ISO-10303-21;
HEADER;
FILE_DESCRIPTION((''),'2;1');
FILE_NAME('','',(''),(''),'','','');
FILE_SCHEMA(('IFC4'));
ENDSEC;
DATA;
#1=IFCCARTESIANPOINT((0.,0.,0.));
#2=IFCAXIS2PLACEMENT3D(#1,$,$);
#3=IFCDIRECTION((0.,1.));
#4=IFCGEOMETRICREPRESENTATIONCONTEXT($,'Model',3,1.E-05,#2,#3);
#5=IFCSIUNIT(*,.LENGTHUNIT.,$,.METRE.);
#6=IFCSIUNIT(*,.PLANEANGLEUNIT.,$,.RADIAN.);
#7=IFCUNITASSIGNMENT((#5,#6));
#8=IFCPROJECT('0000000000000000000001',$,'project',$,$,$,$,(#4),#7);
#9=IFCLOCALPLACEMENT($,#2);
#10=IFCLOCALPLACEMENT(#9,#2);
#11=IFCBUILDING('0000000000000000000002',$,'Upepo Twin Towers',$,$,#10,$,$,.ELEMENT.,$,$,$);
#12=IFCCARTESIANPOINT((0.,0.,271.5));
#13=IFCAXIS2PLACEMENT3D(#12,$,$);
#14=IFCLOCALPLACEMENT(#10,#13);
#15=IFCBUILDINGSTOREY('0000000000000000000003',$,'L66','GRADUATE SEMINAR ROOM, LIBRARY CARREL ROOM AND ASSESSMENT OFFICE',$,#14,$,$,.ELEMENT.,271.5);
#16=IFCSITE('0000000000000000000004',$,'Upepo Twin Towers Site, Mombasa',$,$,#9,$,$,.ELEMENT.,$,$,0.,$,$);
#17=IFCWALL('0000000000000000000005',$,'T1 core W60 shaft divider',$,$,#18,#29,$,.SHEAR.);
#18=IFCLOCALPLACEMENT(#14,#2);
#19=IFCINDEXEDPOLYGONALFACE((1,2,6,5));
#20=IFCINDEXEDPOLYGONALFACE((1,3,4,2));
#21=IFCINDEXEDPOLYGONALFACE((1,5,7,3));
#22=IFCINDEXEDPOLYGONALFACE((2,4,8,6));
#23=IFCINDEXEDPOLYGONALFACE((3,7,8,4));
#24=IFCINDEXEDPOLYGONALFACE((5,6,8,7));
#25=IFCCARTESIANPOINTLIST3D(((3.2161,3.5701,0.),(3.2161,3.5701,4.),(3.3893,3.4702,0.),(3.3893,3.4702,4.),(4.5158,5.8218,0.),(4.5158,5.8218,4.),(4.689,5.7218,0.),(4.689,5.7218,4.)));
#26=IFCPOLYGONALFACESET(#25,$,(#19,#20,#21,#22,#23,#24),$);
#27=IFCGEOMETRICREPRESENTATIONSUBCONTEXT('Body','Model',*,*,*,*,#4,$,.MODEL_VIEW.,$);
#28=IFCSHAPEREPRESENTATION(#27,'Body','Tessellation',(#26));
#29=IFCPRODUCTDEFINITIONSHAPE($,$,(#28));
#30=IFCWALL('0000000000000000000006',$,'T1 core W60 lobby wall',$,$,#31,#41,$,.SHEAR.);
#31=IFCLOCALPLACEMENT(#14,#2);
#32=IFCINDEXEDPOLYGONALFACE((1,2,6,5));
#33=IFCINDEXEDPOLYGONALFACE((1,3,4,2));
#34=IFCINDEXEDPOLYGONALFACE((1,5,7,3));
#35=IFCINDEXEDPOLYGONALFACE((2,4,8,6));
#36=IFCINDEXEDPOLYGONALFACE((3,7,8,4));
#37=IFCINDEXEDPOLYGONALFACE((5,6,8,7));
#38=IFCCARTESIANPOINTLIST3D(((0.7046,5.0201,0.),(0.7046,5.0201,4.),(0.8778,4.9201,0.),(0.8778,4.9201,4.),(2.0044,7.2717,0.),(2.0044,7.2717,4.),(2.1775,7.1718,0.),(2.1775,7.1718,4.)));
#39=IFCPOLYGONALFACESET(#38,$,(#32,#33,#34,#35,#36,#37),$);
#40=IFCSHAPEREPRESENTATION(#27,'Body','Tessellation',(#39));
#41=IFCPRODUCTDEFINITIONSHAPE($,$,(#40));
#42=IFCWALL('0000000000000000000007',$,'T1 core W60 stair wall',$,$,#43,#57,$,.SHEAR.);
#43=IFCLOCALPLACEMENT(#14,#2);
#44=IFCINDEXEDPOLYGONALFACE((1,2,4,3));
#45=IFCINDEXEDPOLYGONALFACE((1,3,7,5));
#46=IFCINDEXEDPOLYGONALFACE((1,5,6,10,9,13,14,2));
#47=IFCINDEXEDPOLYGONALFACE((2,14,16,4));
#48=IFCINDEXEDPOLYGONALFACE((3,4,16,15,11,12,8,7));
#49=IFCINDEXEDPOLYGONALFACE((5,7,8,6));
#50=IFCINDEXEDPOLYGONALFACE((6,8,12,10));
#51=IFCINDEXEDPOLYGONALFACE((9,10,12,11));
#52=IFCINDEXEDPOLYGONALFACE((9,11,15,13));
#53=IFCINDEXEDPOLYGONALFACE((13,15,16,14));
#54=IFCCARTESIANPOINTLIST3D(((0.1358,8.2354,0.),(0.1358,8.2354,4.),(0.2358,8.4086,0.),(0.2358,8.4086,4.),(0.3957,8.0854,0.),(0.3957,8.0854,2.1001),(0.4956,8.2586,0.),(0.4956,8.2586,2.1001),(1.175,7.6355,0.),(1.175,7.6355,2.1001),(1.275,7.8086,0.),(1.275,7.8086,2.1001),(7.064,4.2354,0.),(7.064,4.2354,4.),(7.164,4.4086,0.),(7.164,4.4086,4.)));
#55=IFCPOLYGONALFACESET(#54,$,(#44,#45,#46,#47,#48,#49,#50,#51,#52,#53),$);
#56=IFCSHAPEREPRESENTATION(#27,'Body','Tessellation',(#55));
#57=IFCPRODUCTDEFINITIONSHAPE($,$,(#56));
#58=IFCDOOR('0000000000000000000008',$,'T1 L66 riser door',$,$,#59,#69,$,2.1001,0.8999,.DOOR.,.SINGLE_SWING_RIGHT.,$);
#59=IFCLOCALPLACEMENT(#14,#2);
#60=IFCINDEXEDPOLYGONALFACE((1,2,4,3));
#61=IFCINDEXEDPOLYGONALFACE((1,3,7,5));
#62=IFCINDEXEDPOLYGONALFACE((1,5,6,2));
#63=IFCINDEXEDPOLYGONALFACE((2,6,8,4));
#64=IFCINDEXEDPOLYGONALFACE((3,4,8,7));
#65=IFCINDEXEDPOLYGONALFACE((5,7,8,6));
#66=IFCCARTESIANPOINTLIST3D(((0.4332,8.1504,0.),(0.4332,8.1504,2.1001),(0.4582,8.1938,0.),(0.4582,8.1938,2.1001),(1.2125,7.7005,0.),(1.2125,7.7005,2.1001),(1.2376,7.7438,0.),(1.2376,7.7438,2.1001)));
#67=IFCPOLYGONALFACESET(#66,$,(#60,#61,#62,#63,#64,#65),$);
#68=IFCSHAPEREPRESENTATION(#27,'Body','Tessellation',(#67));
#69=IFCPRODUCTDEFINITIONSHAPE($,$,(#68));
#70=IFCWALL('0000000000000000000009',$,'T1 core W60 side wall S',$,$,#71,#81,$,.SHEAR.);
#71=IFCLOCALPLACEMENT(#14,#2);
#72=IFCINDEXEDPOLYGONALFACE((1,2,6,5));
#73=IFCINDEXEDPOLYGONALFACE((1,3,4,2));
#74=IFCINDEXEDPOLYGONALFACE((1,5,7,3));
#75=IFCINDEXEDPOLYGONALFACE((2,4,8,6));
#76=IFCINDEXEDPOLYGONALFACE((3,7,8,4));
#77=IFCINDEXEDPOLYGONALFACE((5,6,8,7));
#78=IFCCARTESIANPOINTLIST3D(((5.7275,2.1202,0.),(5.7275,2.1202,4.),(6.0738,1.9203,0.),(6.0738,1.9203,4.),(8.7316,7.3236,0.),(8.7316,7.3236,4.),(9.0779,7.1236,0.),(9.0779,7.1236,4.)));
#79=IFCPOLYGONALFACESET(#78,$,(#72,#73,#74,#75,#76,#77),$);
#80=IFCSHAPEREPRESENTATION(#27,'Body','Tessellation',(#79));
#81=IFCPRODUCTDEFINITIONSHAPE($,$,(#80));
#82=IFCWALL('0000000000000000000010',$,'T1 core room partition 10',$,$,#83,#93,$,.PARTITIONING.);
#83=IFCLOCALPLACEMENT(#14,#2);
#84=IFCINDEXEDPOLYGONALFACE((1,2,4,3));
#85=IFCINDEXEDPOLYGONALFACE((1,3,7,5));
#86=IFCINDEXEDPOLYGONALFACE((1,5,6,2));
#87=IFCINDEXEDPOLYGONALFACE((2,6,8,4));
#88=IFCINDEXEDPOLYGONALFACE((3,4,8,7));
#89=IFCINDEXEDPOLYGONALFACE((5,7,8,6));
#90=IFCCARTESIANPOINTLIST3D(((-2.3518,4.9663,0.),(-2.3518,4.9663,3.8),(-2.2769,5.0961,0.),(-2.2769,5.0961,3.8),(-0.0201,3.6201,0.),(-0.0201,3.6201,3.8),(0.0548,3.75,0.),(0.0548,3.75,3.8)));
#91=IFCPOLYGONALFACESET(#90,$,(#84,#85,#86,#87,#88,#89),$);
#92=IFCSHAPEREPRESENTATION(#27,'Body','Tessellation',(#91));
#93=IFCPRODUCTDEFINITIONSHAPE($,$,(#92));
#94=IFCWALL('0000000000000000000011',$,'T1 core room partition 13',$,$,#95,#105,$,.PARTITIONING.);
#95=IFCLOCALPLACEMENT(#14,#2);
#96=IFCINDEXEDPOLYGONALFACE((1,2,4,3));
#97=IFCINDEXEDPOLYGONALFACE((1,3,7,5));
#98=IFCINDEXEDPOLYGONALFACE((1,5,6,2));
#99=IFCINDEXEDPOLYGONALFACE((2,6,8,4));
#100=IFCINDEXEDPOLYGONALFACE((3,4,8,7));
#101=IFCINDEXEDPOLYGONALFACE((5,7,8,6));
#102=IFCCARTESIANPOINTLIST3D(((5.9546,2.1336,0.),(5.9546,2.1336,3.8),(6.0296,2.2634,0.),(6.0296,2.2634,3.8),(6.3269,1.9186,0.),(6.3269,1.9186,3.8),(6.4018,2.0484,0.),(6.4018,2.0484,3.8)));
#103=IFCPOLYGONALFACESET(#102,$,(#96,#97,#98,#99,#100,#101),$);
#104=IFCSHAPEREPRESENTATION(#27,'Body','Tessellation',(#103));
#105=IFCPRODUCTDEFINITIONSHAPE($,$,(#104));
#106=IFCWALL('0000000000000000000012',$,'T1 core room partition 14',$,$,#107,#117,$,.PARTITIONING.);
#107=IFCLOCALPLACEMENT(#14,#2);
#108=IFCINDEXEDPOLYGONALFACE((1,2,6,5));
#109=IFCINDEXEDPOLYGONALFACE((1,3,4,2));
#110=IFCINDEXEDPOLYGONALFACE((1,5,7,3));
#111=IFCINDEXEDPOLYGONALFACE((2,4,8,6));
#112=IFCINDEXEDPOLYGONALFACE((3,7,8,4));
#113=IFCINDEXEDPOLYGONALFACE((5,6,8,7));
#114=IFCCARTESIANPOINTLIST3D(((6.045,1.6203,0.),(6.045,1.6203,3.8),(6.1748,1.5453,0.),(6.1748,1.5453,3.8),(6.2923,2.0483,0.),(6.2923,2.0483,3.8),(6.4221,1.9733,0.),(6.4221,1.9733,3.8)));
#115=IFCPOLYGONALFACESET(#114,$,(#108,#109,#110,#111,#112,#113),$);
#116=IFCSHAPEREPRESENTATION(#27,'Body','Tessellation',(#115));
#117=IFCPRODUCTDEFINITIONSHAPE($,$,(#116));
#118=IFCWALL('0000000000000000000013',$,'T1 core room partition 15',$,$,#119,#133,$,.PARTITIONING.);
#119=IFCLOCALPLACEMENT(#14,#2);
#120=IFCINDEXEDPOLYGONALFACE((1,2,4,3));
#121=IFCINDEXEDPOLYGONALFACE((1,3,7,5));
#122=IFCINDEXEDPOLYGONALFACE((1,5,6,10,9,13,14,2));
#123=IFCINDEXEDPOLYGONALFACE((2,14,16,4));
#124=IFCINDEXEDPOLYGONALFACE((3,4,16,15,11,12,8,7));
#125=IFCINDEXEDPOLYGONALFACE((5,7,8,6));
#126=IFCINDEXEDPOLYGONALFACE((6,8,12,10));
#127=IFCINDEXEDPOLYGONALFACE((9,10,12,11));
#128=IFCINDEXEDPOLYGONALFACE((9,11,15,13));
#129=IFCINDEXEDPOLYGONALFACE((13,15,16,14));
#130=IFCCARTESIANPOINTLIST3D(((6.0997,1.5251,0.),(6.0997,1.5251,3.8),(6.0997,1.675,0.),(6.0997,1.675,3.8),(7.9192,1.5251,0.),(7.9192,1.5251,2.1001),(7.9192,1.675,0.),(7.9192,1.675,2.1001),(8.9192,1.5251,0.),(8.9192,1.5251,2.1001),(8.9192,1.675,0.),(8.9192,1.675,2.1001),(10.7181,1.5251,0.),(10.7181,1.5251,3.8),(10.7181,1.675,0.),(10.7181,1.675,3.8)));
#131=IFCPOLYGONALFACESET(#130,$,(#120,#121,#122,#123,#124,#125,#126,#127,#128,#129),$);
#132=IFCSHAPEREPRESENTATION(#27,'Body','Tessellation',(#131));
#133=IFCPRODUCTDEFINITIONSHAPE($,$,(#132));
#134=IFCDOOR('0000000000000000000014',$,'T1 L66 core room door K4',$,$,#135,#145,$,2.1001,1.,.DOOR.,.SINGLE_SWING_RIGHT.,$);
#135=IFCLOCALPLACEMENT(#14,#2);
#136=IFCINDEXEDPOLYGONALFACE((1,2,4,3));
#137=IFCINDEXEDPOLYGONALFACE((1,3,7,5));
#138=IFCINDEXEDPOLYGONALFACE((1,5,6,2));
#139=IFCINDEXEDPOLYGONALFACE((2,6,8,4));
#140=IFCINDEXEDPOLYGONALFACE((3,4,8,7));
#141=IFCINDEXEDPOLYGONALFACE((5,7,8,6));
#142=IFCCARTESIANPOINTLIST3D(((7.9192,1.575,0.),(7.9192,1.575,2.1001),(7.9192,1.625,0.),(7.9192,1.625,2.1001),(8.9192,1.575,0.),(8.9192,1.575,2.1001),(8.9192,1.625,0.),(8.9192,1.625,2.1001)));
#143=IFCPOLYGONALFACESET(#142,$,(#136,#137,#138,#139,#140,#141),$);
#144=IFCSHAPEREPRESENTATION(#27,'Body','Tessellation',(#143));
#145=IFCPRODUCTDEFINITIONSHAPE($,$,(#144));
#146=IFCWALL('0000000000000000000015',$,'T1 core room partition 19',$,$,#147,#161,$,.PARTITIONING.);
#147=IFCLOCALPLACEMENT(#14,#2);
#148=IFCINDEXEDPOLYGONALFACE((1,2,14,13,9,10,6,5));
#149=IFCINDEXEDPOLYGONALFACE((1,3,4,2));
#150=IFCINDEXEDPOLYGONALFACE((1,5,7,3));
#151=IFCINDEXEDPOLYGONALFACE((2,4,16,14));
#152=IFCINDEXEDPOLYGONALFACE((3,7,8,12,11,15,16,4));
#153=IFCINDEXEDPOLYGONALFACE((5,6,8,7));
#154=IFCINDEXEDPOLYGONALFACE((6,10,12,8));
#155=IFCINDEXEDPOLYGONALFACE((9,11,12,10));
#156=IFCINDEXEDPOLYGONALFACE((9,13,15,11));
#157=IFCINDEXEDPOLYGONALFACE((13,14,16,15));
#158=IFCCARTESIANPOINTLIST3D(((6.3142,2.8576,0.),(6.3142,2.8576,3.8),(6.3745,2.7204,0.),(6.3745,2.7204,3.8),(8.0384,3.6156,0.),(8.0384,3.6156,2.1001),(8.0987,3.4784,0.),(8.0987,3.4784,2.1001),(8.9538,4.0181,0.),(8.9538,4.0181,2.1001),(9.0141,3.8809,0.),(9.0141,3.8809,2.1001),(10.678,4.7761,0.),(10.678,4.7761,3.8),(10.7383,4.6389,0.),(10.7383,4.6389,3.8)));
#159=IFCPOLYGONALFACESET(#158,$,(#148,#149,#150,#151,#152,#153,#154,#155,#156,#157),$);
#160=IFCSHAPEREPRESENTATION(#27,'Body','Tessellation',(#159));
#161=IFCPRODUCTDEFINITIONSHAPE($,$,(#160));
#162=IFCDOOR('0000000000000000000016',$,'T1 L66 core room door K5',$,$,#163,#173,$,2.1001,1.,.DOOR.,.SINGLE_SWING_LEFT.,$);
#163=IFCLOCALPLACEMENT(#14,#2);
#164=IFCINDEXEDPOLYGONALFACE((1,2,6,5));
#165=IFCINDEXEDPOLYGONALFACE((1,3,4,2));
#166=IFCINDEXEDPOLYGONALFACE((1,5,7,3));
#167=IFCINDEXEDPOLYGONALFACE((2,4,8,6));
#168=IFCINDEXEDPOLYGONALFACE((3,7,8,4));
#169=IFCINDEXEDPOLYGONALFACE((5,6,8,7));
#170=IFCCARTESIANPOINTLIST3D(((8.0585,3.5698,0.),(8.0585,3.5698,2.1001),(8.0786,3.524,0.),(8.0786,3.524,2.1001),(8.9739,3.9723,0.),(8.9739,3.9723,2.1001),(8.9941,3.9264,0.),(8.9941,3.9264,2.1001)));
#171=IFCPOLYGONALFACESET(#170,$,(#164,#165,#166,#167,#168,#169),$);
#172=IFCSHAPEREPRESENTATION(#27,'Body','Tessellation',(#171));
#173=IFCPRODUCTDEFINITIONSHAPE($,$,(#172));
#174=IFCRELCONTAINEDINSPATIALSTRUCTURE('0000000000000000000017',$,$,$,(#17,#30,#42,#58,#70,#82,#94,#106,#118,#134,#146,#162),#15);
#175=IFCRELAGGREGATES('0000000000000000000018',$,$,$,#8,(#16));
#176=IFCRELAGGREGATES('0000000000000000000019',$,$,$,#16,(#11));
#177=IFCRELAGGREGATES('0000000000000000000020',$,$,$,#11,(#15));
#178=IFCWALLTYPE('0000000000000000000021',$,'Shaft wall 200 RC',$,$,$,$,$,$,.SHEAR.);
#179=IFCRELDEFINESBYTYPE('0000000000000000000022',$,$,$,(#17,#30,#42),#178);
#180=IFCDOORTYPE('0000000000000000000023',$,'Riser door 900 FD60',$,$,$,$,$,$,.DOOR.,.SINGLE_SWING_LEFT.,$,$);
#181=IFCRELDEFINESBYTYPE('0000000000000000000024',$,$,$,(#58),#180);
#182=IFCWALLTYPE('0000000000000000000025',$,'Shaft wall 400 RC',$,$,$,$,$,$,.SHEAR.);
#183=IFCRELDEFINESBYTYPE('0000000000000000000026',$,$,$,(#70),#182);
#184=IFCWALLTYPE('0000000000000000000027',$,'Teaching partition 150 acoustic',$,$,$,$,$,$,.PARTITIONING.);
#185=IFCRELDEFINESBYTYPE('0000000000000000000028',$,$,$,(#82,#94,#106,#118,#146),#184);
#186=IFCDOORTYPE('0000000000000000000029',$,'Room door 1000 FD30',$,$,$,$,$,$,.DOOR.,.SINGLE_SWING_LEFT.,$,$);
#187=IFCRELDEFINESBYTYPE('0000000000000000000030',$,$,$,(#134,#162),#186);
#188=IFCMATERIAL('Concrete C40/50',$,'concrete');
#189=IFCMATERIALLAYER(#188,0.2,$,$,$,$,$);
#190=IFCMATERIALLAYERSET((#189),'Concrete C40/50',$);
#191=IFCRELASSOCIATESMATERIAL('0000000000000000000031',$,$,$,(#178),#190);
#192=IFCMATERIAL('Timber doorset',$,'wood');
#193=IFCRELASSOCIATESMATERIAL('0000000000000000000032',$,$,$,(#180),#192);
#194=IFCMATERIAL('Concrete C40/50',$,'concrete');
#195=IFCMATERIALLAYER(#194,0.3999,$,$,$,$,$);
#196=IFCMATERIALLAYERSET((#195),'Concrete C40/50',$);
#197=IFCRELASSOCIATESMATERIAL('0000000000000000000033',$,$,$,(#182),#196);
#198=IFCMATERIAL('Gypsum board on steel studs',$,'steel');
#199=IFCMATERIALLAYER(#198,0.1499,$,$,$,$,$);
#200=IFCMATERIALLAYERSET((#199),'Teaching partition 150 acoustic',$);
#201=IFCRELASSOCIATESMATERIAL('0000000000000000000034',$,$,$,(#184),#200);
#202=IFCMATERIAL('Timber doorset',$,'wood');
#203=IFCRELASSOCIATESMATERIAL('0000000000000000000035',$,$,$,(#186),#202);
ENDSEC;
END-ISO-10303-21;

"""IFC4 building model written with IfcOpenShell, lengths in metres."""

from ifc_helpers import new_model, si_unit, direction, frame, frame_2d, origin, place, context, subcontext, project, spatial, rectangle, extrude, material, layer, layer_set, type_object, element, fill, save


model = new_model("IFC4")

# Units and contexts
model_context = context("Model", 3, precision=1e-05, world=origin(), true_north=direction((0.0, 1.0)))
body_context = subcontext(model_context, "Body", "Model", "MODEL_VIEW")
ifc_project = project(units=[si_unit("LENGTHUNIT", "METRE"), si_unit("PLANEANGLEUNIT", "RADIAN")], contexts=[model_context])

# Site, building, storey
site_placement = place(None, origin())
site = spatial("IfcSite", under=ifc_project, at=site_placement, Name="Upepo Twin Towers Site, Mombasa", CompositionType="ELEMENT", RefElevation=0.0)
building_placement = place(site_placement, origin())
building = spatial("IfcBuilding", under=site, at=building_placement, Name="Upepo Twin Towers", CompositionType="ELEMENT")
storey_placement = place(building_placement, frame((0.0, 0.0, 271.5)))
storey = spatial("IfcBuildingStorey", under=building, at=storey_placement, Name="L66", Description="GRADUATE SEMINAR ROOM, LIBRARY CARREL ROOM AND ASSESSMENT OFFICE", CompositionType="ELEMENT", Elevation=271.5)

# Shared definitions
ifc_material_1 = material(Name="Concrete C40/50", Category="concrete")
ifc_layer_1 = layer(ifc_material_1, 0.2)
ifc_layer_set_1 = layer_set([ifc_layer_1], Name="Concrete C40/50")
wall_type_1 = type_object("IfcWallType", Name="Shaft wall 200 RC", PredefinedType="SHEAR", material=ifc_layer_set_1)
ifc_material_2 = material(Name="Timber doorset", Category="wood")
door_type_1 = type_object("IfcDoorType", Name="Riser door 900 FD60", OperationType="SINGLE_SWING_LEFT", PredefinedType="DOOR", material=ifc_material_2)

# Walls
for number, where, z_axis, x_axis, name in (
    (1, (3.3027, 3.5203, 0.0), (0.0, 0.0, 1.0), (0.499937, 0.866062, 0.0), "T1 core W60 shaft divider"),
    (2, (0.7913, 4.9702, 0.0), (0.0, 0.0, 1.0), (0.499937, 0.866062, 0.0), "T1 core W60 lobby wall"),
):
    element("IfcWall", number, at=place(storey_placement, frame(where, z_axis=z_axis, x_axis=x_axis)), inside=storey, type_object=wall_type_1, Name=name, PredefinedType="SHEAR", context=body_context, shape_type="SweptSolid", body=[
        extrude(rectangle(XDim=2.5999, YDim=0.2, at=frame_2d((1.2998, 0.0))), origin(), (0.0, 0.0, 1.0), 4.0),
    ])

# Wall, opening, door
wall_1_placement = place(storey_placement, frame((7.114, 4.322, 0.0), z_axis=(0.0, 0.0, 1.0), x_axis=(-0.866026, 0.499999, 0.0)))
wall_1 = element("IfcWall", 3, at=wall_1_placement, inside=storey, type_object=wall_type_1, Name="T1 core W60 stair wall", PredefinedType="SHEAR", context=body_context, shape_type="SweptSolid", body=[
    extrude(rectangle(XDim=8.0, YDim=0.2, at=frame_2d((4.0, 0.0))), origin(), (0.0, 0.0, 1.0), 4.0),
])
opening_1_placement = place(wall_1_placement, frame((6.8, 0.0, 0.0)))
opening_1 = element("IfcOpeningElement", 4, at=opening_1_placement, cuts=wall_1, PredefinedType="OPENING", context=body_context, shape_type="SweptSolid", body=[
    extrude(rectangle(XDim=0.8999, YDim=2.1001, at=frame_2d((0.45, 1.05))), frame((0.0, 0.1099, 0.0), z_axis=(0.0, -1.0, 0.0), x_axis=(1.0, 0.0, 0.0)), (0.0, 0.0, 1.0), 0.22),
])
door_1_placement = place(opening_1_placement, origin())
door_1 = element("IfcDoor", 5, at=door_1_placement, inside=storey, type_object=door_type_1, Name="T1 L66 riser door", OperationType="SINGLE_SWING_RIGHT", OverallHeight=2.1001, OverallWidth=0.8999, PredefinedType="DOOR", context=body_context, shape_type="SweptSolid", body=[
    extrude(rectangle(XDim=0.8999, YDim=2.1001, at=frame_2d((0.45, 1.05))), frame((0.0, 0.0249, 0.0), z_axis=(0.0, -1.0, 0.0), x_axis=(1.0, 0.0, 0.0)), (0.0, 0.0, 1.0), 0.05),
])
fill(opening_1, door_1)

# Walls
ifc_material_3 = material(Name="Concrete C40/50", Category="concrete")
ifc_layer_2 = layer(ifc_material_3, 0.3999)
ifc_layer_set_2 = layer_set([ifc_layer_2], Name="Concrete C40/50")
wall_type_2 = type_object("IfcWallType", Name="Shaft wall 400 RC", PredefinedType="SHEAR", material=ifc_layer_set_2)
wall_2_placement = place(storey_placement, frame((5.9006, 2.0203, 0.0), z_axis=(0.0, 0.0, 1.0), x_axis=(0.499998, 0.866027, 0.0)))
element("IfcWall", 6, at=wall_2_placement, inside=storey, type_object=wall_type_2, Name="T1 core W60 side wall S", PredefinedType="SHEAR", context=body_context, shape_type="SweptSolid", body=[
    extrude(rectangle(XDim=6.0083, YDim=0.3999, at=frame_2d((3.0042, 0.0))), origin(), (0.0, 0.0, 1.0), 4.0),
])
ifc_material_4 = material(Name="Gypsum board on steel studs", Category="steel")
ifc_layer_3 = layer(ifc_material_4, 0.1499)
ifc_layer_set_3 = layer_set([ifc_layer_3], Name="Teaching partition 150 acoustic")
wall_type_3 = type_object("IfcWallType", Name="Teaching partition 150 acoustic", PredefinedType="PARTITIONING", material=ifc_layer_set_3)
wall_3_placement = place(storey_placement, frame((0.0173, 3.6851, 0.0), z_axis=(0.0, 0.0, 1.0), x_axis=(-0.866036, 0.499981, 0.0)))
element("IfcWall", 7, at=wall_3_placement, inside=storey, type_object=wall_type_3, Name="T1 core room partition 10", PredefinedType="PARTITIONING", context=body_context, shape_type="SweptSolid", body=[
    extrude(rectangle(XDim=2.6924, YDim=0.1499, at=frame_2d((1.3462, 0.0))), origin(), (0.0, 0.0, 1.0), 3.8),
])
wall_4_placement = place(storey_placement, frame((5.9922, 2.1985, 0.0), z_axis=(0.0, 0.0, 1.0), x_axis=(0.865892, -0.50023, 0.0)))
element("IfcWall", 8, at=wall_4_placement, inside=storey, type_object=wall_type_3, Name="T1 core room partition 13", PredefinedType="PARTITIONING", context=body_context, shape_type="SweptSolid", body=[
    extrude(rectangle(XDim=0.4299, YDim=0.1499, at=frame_2d((0.2148, 0.0))), origin(), (0.0, 0.0, 1.0), 3.8),
])
wall_5_placement = place(storey_placement, frame((6.3572, 2.0107, 0.0), z_axis=(0.0, 0.0, 1.0), x_axis=(-0.500335, -0.865832, 0.0)))
element("IfcWall", 9, at=wall_5_placement, inside=storey, type_object=wall_type_3, Name="T1 core room partition 14", PredefinedType="PARTITIONING", context=body_context, shape_type="SweptSolid", body=[
    extrude(rectangle(XDim=0.4944, YDim=0.1499, at=frame_2d((0.2471, 0.0))), origin(), (0.0, 0.0, 1.0), 3.8),
])

# Walls, openings, doors
wall_6_placement = place(storey_placement, frame((6.0999, 1.6001, 0.0), z_axis=(0.0, 0.0, 1.0), x_axis=(1.0, 0.0, 0.0)))
wall_6 = element("IfcWall", 10, at=wall_6_placement, inside=storey, type_object=wall_type_3, Name="T1 core room partition 15", PredefinedType="PARTITIONING", context=body_context, shape_type="SweptSolid", body=[
    extrude(rectangle(XDim=4.6184, YDim=0.1499, at=frame_2d((2.3091, 0.0))), origin(), (0.0, 0.0, 1.0), 3.8),
])
opening_2_placement = place(wall_6_placement, frame((1.8193, 0.0, 0.0)))
opening_2 = element("IfcOpeningElement", 11, at=opening_2_placement, cuts=wall_6, PredefinedType="OPENING", context=body_context, shape_type="SweptSolid", body=[
    extrude(rectangle(XDim=1.0, YDim=2.1001, at=frame_2d((0.5, 1.05))), frame((0.0, 0.085, 0.0), z_axis=(0.0, -1.0, 0.0), x_axis=(1.0, 0.0, 0.0)), (0.0, 0.0, 1.0), 0.1699),
])
ifc_material_5 = material(Name="Timber doorset", Category="wood")
door_type_2 = type_object("IfcDoorType", Name="Room door 1000 FD30", OperationType="SINGLE_SWING_LEFT", PredefinedType="DOOR", material=ifc_material_5)
door_2_placement = place(opening_2_placement, origin())
door_2 = element("IfcDoor", 12, at=door_2_placement, inside=storey, type_object=door_type_2, Name="T1 L66 core room door K4", OperationType="SINGLE_SWING_RIGHT", OverallHeight=2.1001, OverallWidth=1.0, PredefinedType="DOOR", context=body_context, shape_type="SweptSolid", body=[
    extrude(rectangle(XDim=1.0, YDim=2.1001, at=frame_2d((0.5, 1.05))), frame((0.0, 0.0249, 0.0), z_axis=(0.0, -1.0, 0.0), x_axis=(1.0, 0.0, 0.0)), (0.0, 0.0, 1.0), 0.05),
])
fill(opening_2, door_2)
wall_7_placement = place(storey_placement, frame((6.3445, 2.7891, 0.0), z_axis=(0.0, 0.0, 1.0), x_axis=(0.915439, 0.402457, 0.0)))
wall_7 = element("IfcWall", 13, at=wall_7_placement, inside=storey, type_object=wall_type_3, Name="T1 core room partition 19", PredefinedType="PARTITIONING", context=body_context, shape_type="SweptSolid", body=[
    extrude(rectangle(XDim=4.7668, YDim=0.1499, at=frame_2d((2.3833, 0.0))), origin(), (0.0, 0.0, 1.0), 3.8),
])
opening_3_placement = place(wall_7_placement, frame((1.8833, 0.0, 0.0)))
opening_3 = element("IfcOpeningElement", 14, at=opening_3_placement, cuts=wall_7, PredefinedType="OPENING", context=body_context, shape_type="SweptSolid", body=[
    extrude(rectangle(XDim=1.0, YDim=2.1001, at=frame_2d((0.5, 1.05))), frame((0.0, 0.085, 0.0), z_axis=(0.0, -1.0, 0.0), x_axis=(1.0, 0.0, 0.0)), (0.0, 0.0, 1.0), 0.1699),
])
door_3_placement = place(opening_3_placement, origin())
door_3 = element("IfcDoor", 15, at=door_3_placement, inside=storey, type_object=door_type_2, Name="T1 L66 core room door K5", OperationType="SINGLE_SWING_LEFT", OverallHeight=2.1001, OverallWidth=1.0, PredefinedType="DOOR", context=body_context, shape_type="SweptSolid", body=[
    extrude(rectangle(XDim=1.0, YDim=2.1001, at=frame_2d((0.5, 1.05))), frame((0.0, 0.0249, 0.0), z_axis=(0.0, -1.0, 0.0), x_axis=(1.0, 0.0, 0.0)), (0.0, 0.0, 1.0), 0.05),
])
fill(opening_3, door_3)

save(model, "model.ifc")
